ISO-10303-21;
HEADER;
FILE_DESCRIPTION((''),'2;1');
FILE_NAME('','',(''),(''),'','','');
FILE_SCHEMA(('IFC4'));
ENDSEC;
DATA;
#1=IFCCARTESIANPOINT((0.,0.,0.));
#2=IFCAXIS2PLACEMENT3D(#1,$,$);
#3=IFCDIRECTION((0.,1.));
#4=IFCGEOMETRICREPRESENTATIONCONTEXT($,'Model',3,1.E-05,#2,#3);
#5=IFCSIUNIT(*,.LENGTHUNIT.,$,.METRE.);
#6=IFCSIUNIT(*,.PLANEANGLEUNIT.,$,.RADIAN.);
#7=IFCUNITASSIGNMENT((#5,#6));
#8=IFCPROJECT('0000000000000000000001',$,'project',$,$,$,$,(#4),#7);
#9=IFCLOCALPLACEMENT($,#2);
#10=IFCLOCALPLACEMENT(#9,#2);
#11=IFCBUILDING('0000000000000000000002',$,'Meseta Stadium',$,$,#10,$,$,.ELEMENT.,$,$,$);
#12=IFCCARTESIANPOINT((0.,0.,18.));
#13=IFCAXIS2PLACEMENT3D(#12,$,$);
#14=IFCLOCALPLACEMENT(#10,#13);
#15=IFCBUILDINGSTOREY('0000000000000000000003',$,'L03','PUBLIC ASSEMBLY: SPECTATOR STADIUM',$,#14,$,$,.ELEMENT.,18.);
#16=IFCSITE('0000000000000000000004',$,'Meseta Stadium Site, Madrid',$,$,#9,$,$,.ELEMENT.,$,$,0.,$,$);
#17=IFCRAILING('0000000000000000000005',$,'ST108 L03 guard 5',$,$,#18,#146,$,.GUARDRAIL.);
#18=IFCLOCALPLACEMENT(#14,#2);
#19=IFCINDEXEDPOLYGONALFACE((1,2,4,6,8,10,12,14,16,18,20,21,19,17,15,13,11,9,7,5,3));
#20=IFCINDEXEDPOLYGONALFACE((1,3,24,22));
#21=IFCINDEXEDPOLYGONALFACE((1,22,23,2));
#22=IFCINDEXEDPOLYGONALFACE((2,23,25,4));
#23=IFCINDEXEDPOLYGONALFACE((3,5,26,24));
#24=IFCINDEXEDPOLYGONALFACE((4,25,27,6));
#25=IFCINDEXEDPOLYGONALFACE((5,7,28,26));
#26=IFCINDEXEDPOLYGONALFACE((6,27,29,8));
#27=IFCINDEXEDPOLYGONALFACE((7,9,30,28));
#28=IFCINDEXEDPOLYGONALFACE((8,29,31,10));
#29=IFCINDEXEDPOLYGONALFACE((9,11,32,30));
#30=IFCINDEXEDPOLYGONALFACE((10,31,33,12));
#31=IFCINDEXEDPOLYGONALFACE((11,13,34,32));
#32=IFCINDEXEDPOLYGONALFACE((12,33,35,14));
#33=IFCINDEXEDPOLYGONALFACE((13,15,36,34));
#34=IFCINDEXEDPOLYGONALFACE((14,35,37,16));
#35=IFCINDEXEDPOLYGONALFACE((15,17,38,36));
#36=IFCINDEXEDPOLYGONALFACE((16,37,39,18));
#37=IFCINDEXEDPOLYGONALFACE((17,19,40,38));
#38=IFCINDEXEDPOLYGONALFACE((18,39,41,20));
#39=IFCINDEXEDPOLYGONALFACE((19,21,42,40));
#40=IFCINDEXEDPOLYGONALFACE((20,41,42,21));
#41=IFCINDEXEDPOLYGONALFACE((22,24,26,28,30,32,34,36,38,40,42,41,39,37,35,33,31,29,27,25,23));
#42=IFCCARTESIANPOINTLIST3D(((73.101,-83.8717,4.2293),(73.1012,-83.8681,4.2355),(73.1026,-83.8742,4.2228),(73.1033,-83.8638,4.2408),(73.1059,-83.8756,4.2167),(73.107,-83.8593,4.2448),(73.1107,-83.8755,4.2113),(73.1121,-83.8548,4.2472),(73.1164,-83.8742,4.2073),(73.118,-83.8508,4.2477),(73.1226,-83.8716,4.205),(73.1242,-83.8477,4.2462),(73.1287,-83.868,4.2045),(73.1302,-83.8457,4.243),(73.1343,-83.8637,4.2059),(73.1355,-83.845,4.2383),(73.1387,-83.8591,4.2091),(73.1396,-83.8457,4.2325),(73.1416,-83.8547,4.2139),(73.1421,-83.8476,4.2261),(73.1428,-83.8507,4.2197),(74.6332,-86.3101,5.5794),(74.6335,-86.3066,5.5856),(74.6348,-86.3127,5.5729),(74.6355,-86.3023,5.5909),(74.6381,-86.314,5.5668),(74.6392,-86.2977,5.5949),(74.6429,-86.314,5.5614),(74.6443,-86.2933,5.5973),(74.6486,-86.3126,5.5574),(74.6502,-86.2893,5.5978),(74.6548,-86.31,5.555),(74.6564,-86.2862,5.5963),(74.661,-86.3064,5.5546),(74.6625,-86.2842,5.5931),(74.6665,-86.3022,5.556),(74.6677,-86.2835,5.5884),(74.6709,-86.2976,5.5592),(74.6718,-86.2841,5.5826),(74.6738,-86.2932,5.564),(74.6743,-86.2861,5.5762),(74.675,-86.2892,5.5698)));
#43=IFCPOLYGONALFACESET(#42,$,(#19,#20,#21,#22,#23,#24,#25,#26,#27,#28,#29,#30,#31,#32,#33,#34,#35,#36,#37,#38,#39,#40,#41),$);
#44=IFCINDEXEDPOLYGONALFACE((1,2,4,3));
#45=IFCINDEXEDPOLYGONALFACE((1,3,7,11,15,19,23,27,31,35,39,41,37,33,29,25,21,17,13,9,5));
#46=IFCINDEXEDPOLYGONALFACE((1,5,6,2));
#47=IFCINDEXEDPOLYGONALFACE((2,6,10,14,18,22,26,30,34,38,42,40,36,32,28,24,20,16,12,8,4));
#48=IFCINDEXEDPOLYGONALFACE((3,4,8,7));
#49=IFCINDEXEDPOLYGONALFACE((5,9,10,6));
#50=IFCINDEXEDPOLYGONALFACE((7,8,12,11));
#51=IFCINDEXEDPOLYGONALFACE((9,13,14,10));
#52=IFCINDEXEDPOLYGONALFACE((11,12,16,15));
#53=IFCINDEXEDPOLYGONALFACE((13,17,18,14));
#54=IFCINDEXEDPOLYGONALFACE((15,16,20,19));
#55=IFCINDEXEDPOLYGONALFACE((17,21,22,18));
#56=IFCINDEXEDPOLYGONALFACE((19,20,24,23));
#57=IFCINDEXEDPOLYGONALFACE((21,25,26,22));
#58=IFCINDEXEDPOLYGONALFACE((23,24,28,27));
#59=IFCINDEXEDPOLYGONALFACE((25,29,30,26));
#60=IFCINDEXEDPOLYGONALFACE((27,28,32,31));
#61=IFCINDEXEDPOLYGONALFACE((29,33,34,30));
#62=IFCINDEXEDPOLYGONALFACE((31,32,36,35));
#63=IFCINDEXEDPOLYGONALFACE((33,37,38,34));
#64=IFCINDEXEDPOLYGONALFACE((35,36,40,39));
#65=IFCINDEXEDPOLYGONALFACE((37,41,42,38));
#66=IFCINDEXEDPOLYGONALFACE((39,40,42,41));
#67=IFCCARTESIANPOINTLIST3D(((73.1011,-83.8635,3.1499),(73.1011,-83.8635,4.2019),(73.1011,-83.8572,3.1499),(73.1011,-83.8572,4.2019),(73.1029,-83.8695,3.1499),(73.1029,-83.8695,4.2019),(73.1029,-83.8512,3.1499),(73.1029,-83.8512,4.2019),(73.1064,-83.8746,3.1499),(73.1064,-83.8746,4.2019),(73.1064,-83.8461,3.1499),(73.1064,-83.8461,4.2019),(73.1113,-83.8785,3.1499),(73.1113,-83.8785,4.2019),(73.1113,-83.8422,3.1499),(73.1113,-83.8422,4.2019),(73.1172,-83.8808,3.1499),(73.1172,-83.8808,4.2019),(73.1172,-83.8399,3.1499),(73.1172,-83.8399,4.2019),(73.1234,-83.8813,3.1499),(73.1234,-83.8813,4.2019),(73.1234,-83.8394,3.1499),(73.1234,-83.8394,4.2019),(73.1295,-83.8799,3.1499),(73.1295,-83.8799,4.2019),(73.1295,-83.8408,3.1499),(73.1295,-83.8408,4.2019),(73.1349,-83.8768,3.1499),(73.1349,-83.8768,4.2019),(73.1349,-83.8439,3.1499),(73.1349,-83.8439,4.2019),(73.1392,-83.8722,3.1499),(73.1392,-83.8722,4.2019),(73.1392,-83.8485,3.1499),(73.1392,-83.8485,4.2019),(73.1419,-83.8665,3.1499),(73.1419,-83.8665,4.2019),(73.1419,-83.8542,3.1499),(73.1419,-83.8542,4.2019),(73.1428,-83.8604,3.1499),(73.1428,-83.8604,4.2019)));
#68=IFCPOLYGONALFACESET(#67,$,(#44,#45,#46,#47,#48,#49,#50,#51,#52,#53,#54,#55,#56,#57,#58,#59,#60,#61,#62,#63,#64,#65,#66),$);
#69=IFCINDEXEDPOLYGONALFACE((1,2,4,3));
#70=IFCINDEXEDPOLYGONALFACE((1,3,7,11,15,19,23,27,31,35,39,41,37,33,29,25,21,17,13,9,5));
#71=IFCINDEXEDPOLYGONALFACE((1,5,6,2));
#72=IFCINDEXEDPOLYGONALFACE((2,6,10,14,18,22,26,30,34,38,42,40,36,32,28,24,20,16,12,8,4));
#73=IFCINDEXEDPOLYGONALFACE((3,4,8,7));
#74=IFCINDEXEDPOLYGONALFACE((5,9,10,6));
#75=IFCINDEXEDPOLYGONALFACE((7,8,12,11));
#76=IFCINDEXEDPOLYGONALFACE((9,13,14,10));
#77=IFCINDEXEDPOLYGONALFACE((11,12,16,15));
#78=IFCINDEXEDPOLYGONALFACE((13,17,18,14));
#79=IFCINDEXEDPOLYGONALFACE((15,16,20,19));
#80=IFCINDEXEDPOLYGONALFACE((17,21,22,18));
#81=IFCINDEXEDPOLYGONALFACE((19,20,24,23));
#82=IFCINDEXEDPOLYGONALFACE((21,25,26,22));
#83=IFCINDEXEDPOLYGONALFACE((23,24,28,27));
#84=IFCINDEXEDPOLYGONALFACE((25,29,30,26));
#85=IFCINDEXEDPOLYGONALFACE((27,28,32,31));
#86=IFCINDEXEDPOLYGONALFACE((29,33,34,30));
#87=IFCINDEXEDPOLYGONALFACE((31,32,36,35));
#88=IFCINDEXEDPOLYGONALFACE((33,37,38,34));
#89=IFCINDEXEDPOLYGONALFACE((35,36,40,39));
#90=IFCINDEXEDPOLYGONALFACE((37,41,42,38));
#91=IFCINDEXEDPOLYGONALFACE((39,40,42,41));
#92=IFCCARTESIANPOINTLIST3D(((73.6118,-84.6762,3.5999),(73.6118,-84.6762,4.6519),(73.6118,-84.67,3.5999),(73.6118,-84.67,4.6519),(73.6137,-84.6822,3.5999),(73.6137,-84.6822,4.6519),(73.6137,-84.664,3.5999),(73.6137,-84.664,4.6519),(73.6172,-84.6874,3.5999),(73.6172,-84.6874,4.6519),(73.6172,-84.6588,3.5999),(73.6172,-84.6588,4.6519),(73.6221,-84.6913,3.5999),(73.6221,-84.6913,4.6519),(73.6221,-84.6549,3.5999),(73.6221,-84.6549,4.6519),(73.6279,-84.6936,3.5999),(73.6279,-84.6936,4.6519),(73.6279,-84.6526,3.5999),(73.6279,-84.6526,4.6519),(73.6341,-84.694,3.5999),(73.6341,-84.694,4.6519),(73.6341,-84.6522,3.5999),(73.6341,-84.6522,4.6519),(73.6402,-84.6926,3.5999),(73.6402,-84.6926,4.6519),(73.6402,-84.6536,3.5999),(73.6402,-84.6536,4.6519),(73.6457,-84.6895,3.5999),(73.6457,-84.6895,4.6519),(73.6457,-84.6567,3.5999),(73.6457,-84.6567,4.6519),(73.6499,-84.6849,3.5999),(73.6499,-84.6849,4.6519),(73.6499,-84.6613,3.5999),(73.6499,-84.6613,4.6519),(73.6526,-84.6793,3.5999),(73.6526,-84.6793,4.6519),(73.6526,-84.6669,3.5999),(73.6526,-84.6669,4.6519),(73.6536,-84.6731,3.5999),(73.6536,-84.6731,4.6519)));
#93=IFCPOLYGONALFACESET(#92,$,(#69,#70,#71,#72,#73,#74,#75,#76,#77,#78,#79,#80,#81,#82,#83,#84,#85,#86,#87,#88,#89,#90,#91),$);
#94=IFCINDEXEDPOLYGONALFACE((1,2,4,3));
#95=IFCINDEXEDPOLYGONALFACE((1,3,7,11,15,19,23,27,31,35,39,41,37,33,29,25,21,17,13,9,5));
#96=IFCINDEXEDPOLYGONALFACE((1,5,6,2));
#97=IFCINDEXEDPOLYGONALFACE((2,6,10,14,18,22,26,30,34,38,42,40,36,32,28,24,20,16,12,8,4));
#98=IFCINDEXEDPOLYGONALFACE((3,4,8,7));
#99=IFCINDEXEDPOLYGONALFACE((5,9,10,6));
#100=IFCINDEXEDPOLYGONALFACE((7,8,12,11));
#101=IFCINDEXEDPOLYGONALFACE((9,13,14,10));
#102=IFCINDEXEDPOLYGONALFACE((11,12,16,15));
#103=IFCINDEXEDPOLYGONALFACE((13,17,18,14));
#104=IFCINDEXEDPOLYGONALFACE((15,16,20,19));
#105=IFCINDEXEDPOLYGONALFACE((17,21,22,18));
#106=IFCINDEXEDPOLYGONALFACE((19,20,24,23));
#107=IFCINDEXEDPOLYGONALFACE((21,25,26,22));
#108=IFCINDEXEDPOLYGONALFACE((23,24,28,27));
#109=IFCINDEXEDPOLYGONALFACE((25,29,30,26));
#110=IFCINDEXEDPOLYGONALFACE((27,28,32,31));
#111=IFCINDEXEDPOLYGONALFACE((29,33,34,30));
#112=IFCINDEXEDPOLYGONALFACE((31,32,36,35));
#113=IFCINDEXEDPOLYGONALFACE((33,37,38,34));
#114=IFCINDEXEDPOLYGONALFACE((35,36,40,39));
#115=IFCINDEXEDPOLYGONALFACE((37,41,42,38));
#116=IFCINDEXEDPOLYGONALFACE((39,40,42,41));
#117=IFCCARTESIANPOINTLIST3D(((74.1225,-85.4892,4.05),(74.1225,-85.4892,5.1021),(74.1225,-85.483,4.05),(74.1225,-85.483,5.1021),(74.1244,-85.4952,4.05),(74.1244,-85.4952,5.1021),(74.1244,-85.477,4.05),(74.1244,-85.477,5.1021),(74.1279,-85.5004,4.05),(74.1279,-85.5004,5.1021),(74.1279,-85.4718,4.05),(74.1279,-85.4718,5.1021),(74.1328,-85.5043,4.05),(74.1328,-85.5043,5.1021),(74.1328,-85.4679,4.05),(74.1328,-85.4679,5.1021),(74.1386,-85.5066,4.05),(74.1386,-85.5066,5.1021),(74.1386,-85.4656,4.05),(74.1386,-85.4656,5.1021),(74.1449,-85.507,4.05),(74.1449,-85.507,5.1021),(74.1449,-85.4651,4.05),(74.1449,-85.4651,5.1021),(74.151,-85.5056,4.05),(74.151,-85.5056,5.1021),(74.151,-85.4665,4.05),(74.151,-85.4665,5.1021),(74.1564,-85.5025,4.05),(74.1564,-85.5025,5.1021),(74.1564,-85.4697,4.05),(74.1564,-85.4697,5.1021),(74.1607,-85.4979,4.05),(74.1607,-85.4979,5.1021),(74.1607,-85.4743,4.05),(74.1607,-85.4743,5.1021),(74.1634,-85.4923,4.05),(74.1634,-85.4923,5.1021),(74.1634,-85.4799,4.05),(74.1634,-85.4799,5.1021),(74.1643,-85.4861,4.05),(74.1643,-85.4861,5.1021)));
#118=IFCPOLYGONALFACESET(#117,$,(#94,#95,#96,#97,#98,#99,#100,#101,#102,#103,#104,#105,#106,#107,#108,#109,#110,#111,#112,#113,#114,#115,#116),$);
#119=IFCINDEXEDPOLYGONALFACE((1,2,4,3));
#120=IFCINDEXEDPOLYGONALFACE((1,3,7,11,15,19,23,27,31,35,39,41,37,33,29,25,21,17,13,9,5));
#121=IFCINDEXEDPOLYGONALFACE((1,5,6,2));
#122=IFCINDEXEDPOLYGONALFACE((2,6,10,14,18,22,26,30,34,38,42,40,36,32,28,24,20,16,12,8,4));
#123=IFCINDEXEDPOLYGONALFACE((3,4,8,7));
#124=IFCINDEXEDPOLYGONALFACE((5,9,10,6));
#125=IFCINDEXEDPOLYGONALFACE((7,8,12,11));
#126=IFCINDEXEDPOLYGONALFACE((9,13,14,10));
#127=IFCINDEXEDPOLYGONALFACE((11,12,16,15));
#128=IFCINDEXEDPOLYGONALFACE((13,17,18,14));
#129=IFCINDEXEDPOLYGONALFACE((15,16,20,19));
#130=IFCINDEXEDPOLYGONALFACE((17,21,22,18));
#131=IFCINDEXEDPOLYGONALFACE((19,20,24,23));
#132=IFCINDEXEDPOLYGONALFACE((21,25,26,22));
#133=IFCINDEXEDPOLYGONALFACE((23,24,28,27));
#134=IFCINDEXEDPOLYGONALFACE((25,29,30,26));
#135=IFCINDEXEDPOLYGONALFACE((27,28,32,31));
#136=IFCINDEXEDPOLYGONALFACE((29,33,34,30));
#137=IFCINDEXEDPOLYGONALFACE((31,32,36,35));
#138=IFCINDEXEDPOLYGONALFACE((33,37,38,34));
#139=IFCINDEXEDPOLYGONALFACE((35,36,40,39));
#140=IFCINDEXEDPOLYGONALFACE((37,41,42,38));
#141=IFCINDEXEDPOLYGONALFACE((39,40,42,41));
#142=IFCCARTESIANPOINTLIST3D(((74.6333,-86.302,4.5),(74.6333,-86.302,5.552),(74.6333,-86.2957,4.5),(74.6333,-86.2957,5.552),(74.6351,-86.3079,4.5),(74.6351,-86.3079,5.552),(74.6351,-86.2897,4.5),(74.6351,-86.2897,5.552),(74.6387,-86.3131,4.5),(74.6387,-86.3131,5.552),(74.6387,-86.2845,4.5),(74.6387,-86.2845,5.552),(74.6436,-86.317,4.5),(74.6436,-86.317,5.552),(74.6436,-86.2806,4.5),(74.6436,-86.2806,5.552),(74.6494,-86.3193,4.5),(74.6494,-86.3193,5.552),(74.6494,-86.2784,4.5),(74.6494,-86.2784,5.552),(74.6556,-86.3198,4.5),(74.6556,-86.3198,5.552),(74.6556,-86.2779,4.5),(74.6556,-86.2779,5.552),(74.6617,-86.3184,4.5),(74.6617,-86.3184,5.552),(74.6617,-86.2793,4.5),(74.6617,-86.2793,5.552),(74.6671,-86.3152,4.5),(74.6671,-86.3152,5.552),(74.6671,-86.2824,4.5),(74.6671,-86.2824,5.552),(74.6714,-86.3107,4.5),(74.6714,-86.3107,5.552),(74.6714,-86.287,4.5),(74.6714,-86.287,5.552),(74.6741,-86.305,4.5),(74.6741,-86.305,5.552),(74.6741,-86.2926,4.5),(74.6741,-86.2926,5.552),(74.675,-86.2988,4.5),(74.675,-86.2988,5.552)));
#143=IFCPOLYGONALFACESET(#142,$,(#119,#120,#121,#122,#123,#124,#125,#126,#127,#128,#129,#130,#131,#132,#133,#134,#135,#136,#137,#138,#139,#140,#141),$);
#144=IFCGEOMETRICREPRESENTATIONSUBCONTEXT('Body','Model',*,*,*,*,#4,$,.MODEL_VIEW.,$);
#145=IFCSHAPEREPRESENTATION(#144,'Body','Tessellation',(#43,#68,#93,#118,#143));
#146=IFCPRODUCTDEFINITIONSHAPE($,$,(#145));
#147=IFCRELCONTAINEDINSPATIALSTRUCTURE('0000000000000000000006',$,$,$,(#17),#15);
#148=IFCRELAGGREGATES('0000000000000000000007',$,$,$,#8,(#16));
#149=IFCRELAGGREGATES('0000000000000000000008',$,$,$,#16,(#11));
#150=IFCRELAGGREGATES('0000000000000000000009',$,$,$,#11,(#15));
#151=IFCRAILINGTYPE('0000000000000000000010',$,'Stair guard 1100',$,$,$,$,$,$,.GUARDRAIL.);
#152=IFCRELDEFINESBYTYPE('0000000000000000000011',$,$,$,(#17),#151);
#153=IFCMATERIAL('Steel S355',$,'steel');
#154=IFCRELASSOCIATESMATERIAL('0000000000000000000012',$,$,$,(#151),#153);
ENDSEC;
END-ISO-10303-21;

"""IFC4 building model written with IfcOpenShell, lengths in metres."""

from ifc_helpers import new_model, si_unit, direction, frame, origin, origin_2d, place, context, subcontext, project, spatial, circle, extrude, material, type_object, element, save


model = new_model("IFC4")

# Units and contexts
model_context = context("Model", 3, precision=1e-05, world=origin(), true_north=direction((0.0, 1.0)))
body_context = subcontext(model_context, "Body", "Model", "MODEL_VIEW")
ifc_project = project(units=[si_unit("LENGTHUNIT", "METRE"), si_unit("PLANEANGLEUNIT", "RADIAN")], contexts=[model_context])

# Site, building, storey
site_placement = place(None, origin())
site = spatial("IfcSite", under=ifc_project, at=site_placement, Name="Meseta Stadium Site, Madrid", CompositionType="ELEMENT", RefElevation=0.0)
building_placement = place(site_placement, origin())
building = spatial("IfcBuilding", under=site, at=building_placement, Name="Meseta Stadium", CompositionType="ELEMENT")
storey_placement = place(building_placement, frame((0.0, 0.0, 18.0)))
storey = spatial("IfcBuildingStorey", under=building, at=storey_placement, Name="L03", Description="PUBLIC ASSEMBLY: SPECTATOR STADIUM", CompositionType="ELEMENT", Elevation=18.0)

# Railing
ifc_material_1 = material(Name="Steel S355", Category="steel")
railing_type_1 = type_object("IfcRailingType", Name="Stair guard 1100", PredefinedType="GUARDRAIL", material=ifc_material_1)
railing_1_placement = place(storey_placement, frame((73.1218, -83.8604, 3.1499)))
element("IfcRailing", 1, at=railing_1_placement, inside=storey, type_object=railing_type_1, Name="ST108 L03 guard 5", PredefinedType="GUARDRAIL", context=body_context, shape_type="SweptSolid", body=[
    extrude(circle(Radius=0.0239, at=origin_2d()), frame((0.0, 0.0, 1.0762), z_axis=(0.481731, -0.766655, 0.42447), x_axis=(0.846719, 0.53204, 0.0)), (0.0, 0.0, 1.0), 3.1807),
    extrude(circle(Radius=0.021, at=origin_2d()), origin(), (0.0, 0.0, 1.0), 1.052),
    extrude(circle(Radius=0.021, at=origin_2d()), frame((0.5107, -0.8127, 0.45)), (0.0, 0.0, 1.0), 1.052),
    extrude(circle(Radius=0.021, at=origin_2d()), frame((1.0215, -1.6257, 0.9001)), (0.0, 0.0, 1.0), 1.052),
    extrude(circle(Radius=0.021, at=origin_2d()), frame((1.5322, -2.4385, 1.3501)), (0.0, 0.0, 1.0), 1.052),
])

save(model, "model.ifc")
